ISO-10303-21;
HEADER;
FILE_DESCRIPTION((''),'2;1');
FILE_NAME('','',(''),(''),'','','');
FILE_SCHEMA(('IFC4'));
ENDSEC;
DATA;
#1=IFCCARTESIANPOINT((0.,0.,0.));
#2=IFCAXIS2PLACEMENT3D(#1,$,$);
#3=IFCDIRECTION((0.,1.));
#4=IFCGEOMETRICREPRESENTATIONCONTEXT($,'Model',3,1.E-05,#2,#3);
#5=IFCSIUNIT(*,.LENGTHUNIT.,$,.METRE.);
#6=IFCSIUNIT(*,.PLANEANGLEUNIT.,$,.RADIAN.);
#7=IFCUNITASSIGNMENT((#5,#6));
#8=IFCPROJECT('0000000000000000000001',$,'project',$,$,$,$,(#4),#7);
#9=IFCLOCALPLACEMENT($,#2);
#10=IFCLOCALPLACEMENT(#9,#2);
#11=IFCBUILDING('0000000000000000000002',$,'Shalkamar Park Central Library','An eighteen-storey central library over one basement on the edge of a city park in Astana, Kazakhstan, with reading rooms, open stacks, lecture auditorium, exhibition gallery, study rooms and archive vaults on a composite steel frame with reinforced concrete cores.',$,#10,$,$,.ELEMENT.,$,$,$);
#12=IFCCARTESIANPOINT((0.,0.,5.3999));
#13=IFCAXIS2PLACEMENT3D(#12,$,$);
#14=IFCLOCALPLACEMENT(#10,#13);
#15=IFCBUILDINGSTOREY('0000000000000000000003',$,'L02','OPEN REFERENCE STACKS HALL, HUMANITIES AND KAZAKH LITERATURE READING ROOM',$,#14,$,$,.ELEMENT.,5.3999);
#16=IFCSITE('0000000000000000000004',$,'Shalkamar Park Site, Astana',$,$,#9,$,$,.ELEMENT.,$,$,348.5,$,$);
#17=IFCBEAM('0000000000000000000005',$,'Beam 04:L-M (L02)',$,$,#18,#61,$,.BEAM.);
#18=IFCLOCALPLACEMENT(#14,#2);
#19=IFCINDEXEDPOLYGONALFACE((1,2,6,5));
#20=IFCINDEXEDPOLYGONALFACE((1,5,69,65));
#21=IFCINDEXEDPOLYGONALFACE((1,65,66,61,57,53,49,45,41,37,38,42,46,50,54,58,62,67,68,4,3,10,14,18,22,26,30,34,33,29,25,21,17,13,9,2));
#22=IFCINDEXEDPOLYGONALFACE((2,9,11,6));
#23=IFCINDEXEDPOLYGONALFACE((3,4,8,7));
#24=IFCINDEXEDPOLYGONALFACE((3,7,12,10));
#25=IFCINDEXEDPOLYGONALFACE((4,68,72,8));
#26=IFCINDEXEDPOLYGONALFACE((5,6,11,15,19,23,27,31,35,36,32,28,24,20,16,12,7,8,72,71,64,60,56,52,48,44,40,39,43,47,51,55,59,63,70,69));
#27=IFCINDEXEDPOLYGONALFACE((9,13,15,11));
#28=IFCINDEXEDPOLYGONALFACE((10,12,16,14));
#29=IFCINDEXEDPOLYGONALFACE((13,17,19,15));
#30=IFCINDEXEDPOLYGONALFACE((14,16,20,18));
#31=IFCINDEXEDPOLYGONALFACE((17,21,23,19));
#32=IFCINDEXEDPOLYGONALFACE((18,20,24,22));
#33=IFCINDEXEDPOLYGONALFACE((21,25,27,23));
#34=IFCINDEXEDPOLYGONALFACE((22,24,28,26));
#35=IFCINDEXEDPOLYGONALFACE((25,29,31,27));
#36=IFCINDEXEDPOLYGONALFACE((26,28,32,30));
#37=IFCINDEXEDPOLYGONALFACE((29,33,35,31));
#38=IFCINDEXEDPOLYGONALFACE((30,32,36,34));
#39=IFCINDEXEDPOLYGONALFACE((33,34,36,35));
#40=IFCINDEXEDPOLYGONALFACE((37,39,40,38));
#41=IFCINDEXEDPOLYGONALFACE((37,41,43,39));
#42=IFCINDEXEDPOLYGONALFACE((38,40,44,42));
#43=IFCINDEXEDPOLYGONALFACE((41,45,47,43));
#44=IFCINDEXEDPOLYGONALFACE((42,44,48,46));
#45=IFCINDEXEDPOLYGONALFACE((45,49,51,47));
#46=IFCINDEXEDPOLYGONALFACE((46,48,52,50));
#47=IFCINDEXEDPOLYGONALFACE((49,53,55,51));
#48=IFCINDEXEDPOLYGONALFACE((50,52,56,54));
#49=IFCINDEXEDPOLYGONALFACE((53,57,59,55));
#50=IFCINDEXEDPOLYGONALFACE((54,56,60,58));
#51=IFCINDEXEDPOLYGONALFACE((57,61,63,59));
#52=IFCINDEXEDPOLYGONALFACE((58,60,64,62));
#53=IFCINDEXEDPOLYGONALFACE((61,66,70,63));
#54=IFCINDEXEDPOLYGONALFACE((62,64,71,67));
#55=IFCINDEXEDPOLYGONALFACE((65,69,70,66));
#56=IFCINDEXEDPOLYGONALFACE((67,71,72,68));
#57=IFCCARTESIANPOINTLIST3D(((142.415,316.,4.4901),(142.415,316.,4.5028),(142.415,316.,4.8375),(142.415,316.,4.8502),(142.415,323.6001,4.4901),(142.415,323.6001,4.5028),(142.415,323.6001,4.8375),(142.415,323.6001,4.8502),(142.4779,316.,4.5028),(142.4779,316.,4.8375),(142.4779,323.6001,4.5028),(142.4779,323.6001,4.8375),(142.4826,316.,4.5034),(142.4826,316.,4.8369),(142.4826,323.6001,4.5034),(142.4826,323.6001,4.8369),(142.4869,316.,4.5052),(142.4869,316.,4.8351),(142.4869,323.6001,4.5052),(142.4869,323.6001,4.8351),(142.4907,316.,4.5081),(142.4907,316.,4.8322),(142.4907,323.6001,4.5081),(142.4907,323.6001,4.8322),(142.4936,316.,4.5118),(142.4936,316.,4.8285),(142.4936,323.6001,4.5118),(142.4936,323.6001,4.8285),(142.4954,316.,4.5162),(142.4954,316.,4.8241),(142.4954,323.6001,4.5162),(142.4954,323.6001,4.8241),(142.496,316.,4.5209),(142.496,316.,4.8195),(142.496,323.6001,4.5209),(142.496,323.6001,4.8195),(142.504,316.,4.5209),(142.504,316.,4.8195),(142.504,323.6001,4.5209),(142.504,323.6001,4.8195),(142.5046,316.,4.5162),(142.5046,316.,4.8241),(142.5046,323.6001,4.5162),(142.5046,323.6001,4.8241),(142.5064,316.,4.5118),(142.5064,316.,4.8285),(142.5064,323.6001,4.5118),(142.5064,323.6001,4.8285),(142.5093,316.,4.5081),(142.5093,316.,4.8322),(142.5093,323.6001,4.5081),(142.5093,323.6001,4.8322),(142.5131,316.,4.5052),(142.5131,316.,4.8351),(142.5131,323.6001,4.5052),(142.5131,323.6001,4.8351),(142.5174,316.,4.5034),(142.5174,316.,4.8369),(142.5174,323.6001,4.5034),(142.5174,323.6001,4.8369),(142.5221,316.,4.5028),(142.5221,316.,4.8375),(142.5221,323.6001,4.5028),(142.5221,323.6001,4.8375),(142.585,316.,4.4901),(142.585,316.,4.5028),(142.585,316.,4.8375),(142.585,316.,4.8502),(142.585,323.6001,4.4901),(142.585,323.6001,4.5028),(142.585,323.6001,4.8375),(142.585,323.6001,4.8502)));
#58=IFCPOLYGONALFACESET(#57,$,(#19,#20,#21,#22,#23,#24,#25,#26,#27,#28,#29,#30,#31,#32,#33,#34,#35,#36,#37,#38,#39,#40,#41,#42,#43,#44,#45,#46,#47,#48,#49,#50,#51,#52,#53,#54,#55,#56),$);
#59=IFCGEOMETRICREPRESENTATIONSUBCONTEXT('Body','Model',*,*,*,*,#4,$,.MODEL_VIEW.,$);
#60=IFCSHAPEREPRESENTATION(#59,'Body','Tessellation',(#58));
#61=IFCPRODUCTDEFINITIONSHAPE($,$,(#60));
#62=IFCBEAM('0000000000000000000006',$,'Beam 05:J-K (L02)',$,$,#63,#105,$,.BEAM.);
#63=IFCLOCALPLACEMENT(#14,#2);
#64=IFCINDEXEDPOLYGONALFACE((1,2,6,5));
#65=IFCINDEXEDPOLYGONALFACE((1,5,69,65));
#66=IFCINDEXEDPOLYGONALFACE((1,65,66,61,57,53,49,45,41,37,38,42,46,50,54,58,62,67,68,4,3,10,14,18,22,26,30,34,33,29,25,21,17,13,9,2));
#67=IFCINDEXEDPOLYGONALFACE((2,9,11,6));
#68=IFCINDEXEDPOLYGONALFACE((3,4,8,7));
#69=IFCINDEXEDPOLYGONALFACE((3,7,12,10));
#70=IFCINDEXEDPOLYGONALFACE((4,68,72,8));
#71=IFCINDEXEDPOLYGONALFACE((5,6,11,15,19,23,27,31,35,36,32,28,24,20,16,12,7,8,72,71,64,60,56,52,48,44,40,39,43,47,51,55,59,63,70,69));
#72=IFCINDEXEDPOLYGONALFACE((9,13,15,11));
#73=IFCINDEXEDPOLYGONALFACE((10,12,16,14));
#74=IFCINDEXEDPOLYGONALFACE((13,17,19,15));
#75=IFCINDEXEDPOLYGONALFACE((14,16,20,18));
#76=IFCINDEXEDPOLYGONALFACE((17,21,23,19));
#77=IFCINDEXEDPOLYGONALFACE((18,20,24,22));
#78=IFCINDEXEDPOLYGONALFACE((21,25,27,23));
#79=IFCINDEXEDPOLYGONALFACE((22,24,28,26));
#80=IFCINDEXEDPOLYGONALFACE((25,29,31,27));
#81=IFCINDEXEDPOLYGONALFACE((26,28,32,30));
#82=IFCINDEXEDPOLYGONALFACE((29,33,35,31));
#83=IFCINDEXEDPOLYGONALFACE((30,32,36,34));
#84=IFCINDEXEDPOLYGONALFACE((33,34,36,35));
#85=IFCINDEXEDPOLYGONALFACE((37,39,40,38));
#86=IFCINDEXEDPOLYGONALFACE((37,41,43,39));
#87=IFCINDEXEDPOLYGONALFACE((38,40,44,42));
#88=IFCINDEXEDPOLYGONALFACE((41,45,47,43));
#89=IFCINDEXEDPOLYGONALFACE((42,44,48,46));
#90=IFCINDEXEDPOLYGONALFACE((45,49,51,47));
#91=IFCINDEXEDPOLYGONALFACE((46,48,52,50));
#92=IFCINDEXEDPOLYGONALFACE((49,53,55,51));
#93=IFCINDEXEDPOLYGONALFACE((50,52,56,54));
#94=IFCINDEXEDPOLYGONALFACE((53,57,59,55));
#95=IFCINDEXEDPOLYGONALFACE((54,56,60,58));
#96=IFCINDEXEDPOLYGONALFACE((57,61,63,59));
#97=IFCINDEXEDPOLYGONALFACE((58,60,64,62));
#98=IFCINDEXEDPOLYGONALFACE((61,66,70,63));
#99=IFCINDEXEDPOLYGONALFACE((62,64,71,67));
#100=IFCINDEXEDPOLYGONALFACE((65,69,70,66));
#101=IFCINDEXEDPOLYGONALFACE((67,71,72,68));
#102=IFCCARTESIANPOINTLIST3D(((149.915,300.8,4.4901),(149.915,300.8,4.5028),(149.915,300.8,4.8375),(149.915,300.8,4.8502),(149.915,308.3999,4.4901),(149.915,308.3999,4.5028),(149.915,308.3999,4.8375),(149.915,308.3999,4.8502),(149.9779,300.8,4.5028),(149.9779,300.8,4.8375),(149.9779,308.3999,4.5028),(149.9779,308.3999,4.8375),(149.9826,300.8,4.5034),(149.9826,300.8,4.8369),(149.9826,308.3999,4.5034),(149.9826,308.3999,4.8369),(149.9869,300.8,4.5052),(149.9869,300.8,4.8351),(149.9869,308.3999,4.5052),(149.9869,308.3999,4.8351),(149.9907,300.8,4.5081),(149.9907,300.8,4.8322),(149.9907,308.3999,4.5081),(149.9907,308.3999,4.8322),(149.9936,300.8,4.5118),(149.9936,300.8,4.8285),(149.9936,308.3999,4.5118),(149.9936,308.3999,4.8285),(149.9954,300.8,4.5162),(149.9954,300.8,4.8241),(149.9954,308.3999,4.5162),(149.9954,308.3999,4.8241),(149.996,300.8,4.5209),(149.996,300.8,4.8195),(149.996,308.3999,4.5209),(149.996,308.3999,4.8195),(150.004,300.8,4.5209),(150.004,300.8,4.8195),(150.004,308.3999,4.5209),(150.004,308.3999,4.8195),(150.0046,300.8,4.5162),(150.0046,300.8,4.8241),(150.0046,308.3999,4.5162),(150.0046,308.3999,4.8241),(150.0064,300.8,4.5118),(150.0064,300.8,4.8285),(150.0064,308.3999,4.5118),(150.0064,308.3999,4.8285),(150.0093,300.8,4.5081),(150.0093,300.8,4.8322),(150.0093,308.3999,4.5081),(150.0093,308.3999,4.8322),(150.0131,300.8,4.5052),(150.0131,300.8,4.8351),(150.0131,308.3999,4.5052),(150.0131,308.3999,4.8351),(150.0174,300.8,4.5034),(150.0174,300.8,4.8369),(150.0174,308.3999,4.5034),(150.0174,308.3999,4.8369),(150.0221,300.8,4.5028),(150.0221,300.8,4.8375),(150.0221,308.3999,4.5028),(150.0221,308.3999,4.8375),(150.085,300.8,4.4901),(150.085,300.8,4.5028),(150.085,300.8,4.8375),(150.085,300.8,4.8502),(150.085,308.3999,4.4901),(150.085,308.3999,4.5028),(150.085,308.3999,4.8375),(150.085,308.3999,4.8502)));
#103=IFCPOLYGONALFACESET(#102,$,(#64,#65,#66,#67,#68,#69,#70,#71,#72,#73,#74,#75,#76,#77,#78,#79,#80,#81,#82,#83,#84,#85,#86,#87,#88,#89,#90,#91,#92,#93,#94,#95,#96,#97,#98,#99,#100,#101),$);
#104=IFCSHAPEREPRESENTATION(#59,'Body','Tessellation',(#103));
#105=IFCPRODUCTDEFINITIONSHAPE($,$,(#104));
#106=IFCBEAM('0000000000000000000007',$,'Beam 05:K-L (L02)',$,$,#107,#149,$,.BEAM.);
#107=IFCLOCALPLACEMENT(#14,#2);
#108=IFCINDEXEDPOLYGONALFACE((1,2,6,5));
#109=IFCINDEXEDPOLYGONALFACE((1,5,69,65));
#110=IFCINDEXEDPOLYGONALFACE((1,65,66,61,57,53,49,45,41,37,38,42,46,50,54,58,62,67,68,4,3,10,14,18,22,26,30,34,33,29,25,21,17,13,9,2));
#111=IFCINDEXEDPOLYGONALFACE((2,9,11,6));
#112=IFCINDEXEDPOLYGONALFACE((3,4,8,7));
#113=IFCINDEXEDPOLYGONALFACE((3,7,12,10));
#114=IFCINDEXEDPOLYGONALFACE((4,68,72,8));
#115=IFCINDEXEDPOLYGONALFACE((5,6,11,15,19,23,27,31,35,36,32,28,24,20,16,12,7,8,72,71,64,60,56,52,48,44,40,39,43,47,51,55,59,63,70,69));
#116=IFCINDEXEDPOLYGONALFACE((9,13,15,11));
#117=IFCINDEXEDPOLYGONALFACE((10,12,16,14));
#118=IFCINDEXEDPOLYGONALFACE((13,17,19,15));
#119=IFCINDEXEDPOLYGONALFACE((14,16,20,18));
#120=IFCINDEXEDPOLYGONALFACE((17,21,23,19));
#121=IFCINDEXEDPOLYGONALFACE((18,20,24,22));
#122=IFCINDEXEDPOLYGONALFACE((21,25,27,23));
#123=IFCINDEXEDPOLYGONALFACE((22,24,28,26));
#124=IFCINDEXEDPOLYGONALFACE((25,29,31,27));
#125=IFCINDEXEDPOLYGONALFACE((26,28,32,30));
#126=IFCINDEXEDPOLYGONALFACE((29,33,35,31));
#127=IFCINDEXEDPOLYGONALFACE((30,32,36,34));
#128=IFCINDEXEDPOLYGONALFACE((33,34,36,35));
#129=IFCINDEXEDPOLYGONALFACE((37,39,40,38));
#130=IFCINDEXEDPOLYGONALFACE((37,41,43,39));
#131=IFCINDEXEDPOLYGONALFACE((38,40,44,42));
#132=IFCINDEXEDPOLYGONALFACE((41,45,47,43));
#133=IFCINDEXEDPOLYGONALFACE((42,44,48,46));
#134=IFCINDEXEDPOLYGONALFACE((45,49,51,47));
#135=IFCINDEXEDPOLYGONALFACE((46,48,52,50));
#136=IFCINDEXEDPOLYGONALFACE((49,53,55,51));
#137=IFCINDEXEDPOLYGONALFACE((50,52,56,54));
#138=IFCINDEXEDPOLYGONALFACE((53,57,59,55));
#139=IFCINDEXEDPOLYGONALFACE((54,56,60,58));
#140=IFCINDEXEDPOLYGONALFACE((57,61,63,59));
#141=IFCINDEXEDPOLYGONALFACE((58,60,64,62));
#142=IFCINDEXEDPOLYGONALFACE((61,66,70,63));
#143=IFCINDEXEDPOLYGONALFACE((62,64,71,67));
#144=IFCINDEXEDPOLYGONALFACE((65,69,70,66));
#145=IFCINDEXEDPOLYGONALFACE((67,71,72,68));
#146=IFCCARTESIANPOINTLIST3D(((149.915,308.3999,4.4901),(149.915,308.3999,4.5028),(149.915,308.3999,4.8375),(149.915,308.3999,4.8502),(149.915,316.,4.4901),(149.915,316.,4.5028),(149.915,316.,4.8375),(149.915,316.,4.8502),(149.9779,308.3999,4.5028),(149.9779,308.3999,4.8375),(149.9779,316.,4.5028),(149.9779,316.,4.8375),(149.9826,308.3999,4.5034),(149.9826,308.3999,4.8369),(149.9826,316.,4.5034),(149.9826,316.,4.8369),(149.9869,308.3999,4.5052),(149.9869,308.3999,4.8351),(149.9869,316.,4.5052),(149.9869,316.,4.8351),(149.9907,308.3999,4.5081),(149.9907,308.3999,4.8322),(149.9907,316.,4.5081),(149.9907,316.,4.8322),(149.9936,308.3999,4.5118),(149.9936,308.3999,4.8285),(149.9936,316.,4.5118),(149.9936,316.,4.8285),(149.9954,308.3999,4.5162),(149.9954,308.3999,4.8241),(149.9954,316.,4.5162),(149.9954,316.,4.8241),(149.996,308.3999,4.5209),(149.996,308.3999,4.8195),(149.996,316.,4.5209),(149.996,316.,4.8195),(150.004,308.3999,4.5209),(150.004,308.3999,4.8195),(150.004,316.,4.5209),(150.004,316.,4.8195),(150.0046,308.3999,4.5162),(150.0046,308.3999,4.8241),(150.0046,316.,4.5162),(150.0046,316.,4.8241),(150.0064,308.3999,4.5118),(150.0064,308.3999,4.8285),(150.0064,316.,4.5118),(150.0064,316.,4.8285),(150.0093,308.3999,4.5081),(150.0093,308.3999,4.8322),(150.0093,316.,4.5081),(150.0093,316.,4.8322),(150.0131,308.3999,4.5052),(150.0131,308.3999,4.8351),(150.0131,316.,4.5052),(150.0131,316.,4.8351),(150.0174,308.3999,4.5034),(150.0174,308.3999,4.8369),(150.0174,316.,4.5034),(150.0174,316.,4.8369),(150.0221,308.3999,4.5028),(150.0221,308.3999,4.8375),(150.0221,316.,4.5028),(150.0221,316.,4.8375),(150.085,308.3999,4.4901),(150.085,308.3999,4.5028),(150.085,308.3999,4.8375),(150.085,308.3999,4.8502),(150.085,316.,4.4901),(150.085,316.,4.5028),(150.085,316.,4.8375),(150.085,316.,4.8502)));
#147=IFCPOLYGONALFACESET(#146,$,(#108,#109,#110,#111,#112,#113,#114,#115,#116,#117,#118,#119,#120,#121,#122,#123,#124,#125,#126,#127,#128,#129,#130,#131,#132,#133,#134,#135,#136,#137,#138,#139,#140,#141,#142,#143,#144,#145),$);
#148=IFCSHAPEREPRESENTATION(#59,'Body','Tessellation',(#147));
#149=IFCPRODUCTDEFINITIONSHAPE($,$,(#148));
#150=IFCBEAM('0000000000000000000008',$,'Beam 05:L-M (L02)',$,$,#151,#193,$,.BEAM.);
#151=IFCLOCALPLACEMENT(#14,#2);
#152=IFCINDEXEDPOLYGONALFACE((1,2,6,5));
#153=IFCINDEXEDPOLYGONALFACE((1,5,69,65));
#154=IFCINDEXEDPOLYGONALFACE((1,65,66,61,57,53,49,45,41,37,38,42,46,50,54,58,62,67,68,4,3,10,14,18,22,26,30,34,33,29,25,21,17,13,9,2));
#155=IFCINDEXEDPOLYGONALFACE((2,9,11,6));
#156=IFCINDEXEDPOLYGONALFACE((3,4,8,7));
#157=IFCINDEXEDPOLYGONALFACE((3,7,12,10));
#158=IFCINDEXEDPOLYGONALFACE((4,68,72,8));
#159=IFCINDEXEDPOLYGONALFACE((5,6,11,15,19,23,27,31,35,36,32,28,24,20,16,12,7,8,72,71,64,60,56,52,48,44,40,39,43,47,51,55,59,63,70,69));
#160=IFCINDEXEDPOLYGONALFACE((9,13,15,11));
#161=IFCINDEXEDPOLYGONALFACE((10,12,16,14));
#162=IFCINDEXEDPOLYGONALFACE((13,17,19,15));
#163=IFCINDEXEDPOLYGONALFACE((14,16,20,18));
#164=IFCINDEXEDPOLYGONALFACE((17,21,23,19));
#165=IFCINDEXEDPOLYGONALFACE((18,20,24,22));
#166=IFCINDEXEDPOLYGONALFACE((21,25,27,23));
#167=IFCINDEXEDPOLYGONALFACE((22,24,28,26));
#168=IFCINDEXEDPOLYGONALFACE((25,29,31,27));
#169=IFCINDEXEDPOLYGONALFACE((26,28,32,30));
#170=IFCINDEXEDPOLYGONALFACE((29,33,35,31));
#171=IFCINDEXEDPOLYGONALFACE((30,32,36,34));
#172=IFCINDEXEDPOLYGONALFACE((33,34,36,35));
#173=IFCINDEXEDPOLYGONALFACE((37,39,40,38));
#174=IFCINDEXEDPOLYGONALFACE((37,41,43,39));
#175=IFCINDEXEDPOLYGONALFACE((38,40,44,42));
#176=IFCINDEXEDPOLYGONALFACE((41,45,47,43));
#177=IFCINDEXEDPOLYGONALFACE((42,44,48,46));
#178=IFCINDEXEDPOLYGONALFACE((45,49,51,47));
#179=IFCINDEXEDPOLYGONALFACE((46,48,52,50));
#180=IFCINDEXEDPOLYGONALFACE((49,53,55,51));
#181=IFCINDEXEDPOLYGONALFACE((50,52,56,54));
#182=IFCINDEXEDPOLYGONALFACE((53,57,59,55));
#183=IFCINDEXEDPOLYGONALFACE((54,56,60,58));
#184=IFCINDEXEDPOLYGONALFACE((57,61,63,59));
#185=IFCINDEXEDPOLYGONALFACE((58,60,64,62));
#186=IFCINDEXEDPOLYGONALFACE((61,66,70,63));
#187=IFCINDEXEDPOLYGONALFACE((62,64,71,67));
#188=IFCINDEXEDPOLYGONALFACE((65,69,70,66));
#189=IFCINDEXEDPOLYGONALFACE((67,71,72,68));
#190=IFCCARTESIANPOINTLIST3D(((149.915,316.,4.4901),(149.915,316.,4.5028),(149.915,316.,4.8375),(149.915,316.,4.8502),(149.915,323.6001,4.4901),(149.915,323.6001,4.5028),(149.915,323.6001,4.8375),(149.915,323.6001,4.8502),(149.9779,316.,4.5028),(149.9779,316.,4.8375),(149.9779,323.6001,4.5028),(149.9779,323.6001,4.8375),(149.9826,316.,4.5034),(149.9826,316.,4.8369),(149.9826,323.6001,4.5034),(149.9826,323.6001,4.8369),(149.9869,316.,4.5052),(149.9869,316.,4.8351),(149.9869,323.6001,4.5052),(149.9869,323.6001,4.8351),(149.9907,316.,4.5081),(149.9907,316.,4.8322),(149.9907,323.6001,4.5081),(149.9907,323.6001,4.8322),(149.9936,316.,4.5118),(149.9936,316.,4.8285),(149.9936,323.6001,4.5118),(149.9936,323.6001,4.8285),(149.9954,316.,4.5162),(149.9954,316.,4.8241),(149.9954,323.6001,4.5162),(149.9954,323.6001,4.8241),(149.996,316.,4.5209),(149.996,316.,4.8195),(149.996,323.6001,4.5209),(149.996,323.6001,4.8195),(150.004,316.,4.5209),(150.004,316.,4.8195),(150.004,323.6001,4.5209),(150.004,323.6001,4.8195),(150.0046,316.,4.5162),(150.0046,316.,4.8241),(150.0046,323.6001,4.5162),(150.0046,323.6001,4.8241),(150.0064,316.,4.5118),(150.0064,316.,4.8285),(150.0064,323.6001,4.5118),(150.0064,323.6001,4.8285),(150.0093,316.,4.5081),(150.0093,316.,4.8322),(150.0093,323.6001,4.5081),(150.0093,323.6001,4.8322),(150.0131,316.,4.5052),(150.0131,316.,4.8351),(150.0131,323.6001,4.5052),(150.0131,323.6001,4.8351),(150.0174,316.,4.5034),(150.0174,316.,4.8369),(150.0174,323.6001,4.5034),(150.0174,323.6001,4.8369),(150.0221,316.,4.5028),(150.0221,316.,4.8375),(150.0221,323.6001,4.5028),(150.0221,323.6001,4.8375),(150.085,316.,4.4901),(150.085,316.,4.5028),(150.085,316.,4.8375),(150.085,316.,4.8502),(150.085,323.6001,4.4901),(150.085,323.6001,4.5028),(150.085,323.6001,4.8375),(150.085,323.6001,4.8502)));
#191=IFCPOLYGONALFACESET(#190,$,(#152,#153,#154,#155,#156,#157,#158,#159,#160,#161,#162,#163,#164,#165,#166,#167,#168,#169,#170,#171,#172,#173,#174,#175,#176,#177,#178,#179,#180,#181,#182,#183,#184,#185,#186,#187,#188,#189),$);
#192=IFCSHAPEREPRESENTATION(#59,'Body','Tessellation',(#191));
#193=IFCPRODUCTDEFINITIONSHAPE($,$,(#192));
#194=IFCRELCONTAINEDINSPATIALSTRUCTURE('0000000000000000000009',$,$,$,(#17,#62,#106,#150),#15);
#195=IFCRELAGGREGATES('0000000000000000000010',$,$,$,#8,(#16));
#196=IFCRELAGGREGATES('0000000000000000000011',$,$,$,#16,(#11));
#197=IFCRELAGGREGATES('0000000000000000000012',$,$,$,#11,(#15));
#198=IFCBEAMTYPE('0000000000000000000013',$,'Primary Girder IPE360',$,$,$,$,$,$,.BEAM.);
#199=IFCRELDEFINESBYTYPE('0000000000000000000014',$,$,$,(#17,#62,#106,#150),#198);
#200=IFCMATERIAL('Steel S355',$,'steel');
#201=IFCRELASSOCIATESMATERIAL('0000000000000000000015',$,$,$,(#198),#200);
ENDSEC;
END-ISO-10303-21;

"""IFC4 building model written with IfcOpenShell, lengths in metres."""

from ifc_helpers import new_model, si_unit, direction, frame, origin, origin_2d, place, context, subcontext, project, spatial, i_section, extrude, material, material_profile, profile_set, type_object, element, save


model = new_model("IFC4")

# Units and contexts
model_context = context("Model", 3, precision=1e-05, world=origin(), true_north=direction((0.0, 1.0)))
body_context = subcontext(model_context, "Body", "Model", "MODEL_VIEW")
ifc_project = project(units=[si_unit("LENGTHUNIT", "METRE"), si_unit("PLANEANGLEUNIT", "RADIAN")], contexts=[model_context])

# Site, building, storey
site_placement = place(None, origin())
site = spatial("IfcSite", under=ifc_project, at=site_placement, Name="Shalkamar Park Site, Astana", CompositionType="ELEMENT", RefElevation=348.5)
building_placement = place(site_placement, origin())
building = spatial("IfcBuilding", under=site, at=building_placement, Name="Shalkamar Park Central Library", Description="An eighteen-storey central library over one basement on the edge of a city park in Astana, Kazakhstan, with reading rooms, open stacks, lecture auditorium, exhibition gallery, study rooms and archive vaults on a composite steel frame with reinforced concrete cores.", CompositionType="ELEMENT")
storey_placement = place(building_placement, frame((0.0, 0.0, 5.3999)))
storey = spatial("IfcBuildingStorey", under=building, at=storey_placement, Name="L02", Description="OPEN REFERENCE STACKS HALL, HUMANITIES AND KAZAKH LITERATURE READING ROOM", CompositionType="ELEMENT", Elevation=5.3999)

# Shared definitions
ifc_material_1 = material(Name="Steel S355", Category="steel")

# Beams
ifc_material_profile_1 = material_profile(ifc_material_1, i_section(OverallWidth=0.1699, OverallDepth=0.3601, WebThickness=0.0081, FlangeThickness=0.0127, FilletRadius=0.0181, at=origin_2d()), Name="IPE 360")
ifc_profile_set_1 = profile_set([ifc_material_profile_1], Name="Steel S355")
beam_type = type_object("IfcBeamType", Name="Primary Girder IPE360", PredefinedType="BEAM", material=ifc_profile_set_1)
for number, where, z_axis, x_axis, name in (
    (1, (142.5, 316.0, 4.6702), (0.0, 1.0, 0.0), (-1.0, 0.0, 0.0), "Beam 04:L-M (L02)"),
):
    element("IfcBeam", number, at=place(storey_placement, frame(where, z_axis=z_axis, x_axis=x_axis)), inside=storey, type_object=beam_type, Name=name, PredefinedType="BEAM", context=body_context, shape_type="SweptSolid", body=[
        extrude(i_section(OverallWidth=0.1699, OverallDepth=0.3601, WebThickness=0.0081, FlangeThickness=0.0127, FilletRadius=0.0181, at=origin_2d()), origin(), (0.0, 0.0, 1.0), 7.6001),
    ])
beam_1_placement = place(storey_placement, frame((150.0, 300.8, 4.6702), z_axis=(0.0, 1.0, 0.0), x_axis=(-1.0, 0.0, 0.0)))
element("IfcBeam", 2, at=beam_1_placement, inside=storey, type_object=beam_type, Name="Beam 05:J-K (L02)", PredefinedType="BEAM", context=body_context, shape_type="SweptSolid", body=[
    extrude(i_section(OverallWidth=0.1699, OverallDepth=0.3601, WebThickness=0.0081, FlangeThickness=0.0127, FilletRadius=0.0181, at=origin_2d()), origin(), (0.0, 0.0, 1.0), 7.5999),
])
for number, where, z_axis, x_axis, name in (
    (3, (150.0, 308.3999, 4.6702), (0.0, 1.0, 0.0), (-1.0, 0.0, 0.0), "Beam 05:K-L (L02)"),
    (4, (150.0, 316.0, 4.6702), (0.0, 1.0, 0.0), (-1.0, 0.0, 0.0), "Beam 05:L-M (L02)"),
):
    element("IfcBeam", number, at=place(storey_placement, frame(where, z_axis=z_axis, x_axis=x_axis)), inside=storey, type_object=beam_type, Name=name, PredefinedType="BEAM", context=body_context, shape_type="SweptSolid", body=[
        extrude(i_section(OverallWidth=0.1699, OverallDepth=0.3601, WebThickness=0.0081, FlangeThickness=0.0127, FilletRadius=0.0181, at=origin_2d()), origin(), (0.0, 0.0, 1.0), 7.6001),
    ])

save(model, "model.ifc")
